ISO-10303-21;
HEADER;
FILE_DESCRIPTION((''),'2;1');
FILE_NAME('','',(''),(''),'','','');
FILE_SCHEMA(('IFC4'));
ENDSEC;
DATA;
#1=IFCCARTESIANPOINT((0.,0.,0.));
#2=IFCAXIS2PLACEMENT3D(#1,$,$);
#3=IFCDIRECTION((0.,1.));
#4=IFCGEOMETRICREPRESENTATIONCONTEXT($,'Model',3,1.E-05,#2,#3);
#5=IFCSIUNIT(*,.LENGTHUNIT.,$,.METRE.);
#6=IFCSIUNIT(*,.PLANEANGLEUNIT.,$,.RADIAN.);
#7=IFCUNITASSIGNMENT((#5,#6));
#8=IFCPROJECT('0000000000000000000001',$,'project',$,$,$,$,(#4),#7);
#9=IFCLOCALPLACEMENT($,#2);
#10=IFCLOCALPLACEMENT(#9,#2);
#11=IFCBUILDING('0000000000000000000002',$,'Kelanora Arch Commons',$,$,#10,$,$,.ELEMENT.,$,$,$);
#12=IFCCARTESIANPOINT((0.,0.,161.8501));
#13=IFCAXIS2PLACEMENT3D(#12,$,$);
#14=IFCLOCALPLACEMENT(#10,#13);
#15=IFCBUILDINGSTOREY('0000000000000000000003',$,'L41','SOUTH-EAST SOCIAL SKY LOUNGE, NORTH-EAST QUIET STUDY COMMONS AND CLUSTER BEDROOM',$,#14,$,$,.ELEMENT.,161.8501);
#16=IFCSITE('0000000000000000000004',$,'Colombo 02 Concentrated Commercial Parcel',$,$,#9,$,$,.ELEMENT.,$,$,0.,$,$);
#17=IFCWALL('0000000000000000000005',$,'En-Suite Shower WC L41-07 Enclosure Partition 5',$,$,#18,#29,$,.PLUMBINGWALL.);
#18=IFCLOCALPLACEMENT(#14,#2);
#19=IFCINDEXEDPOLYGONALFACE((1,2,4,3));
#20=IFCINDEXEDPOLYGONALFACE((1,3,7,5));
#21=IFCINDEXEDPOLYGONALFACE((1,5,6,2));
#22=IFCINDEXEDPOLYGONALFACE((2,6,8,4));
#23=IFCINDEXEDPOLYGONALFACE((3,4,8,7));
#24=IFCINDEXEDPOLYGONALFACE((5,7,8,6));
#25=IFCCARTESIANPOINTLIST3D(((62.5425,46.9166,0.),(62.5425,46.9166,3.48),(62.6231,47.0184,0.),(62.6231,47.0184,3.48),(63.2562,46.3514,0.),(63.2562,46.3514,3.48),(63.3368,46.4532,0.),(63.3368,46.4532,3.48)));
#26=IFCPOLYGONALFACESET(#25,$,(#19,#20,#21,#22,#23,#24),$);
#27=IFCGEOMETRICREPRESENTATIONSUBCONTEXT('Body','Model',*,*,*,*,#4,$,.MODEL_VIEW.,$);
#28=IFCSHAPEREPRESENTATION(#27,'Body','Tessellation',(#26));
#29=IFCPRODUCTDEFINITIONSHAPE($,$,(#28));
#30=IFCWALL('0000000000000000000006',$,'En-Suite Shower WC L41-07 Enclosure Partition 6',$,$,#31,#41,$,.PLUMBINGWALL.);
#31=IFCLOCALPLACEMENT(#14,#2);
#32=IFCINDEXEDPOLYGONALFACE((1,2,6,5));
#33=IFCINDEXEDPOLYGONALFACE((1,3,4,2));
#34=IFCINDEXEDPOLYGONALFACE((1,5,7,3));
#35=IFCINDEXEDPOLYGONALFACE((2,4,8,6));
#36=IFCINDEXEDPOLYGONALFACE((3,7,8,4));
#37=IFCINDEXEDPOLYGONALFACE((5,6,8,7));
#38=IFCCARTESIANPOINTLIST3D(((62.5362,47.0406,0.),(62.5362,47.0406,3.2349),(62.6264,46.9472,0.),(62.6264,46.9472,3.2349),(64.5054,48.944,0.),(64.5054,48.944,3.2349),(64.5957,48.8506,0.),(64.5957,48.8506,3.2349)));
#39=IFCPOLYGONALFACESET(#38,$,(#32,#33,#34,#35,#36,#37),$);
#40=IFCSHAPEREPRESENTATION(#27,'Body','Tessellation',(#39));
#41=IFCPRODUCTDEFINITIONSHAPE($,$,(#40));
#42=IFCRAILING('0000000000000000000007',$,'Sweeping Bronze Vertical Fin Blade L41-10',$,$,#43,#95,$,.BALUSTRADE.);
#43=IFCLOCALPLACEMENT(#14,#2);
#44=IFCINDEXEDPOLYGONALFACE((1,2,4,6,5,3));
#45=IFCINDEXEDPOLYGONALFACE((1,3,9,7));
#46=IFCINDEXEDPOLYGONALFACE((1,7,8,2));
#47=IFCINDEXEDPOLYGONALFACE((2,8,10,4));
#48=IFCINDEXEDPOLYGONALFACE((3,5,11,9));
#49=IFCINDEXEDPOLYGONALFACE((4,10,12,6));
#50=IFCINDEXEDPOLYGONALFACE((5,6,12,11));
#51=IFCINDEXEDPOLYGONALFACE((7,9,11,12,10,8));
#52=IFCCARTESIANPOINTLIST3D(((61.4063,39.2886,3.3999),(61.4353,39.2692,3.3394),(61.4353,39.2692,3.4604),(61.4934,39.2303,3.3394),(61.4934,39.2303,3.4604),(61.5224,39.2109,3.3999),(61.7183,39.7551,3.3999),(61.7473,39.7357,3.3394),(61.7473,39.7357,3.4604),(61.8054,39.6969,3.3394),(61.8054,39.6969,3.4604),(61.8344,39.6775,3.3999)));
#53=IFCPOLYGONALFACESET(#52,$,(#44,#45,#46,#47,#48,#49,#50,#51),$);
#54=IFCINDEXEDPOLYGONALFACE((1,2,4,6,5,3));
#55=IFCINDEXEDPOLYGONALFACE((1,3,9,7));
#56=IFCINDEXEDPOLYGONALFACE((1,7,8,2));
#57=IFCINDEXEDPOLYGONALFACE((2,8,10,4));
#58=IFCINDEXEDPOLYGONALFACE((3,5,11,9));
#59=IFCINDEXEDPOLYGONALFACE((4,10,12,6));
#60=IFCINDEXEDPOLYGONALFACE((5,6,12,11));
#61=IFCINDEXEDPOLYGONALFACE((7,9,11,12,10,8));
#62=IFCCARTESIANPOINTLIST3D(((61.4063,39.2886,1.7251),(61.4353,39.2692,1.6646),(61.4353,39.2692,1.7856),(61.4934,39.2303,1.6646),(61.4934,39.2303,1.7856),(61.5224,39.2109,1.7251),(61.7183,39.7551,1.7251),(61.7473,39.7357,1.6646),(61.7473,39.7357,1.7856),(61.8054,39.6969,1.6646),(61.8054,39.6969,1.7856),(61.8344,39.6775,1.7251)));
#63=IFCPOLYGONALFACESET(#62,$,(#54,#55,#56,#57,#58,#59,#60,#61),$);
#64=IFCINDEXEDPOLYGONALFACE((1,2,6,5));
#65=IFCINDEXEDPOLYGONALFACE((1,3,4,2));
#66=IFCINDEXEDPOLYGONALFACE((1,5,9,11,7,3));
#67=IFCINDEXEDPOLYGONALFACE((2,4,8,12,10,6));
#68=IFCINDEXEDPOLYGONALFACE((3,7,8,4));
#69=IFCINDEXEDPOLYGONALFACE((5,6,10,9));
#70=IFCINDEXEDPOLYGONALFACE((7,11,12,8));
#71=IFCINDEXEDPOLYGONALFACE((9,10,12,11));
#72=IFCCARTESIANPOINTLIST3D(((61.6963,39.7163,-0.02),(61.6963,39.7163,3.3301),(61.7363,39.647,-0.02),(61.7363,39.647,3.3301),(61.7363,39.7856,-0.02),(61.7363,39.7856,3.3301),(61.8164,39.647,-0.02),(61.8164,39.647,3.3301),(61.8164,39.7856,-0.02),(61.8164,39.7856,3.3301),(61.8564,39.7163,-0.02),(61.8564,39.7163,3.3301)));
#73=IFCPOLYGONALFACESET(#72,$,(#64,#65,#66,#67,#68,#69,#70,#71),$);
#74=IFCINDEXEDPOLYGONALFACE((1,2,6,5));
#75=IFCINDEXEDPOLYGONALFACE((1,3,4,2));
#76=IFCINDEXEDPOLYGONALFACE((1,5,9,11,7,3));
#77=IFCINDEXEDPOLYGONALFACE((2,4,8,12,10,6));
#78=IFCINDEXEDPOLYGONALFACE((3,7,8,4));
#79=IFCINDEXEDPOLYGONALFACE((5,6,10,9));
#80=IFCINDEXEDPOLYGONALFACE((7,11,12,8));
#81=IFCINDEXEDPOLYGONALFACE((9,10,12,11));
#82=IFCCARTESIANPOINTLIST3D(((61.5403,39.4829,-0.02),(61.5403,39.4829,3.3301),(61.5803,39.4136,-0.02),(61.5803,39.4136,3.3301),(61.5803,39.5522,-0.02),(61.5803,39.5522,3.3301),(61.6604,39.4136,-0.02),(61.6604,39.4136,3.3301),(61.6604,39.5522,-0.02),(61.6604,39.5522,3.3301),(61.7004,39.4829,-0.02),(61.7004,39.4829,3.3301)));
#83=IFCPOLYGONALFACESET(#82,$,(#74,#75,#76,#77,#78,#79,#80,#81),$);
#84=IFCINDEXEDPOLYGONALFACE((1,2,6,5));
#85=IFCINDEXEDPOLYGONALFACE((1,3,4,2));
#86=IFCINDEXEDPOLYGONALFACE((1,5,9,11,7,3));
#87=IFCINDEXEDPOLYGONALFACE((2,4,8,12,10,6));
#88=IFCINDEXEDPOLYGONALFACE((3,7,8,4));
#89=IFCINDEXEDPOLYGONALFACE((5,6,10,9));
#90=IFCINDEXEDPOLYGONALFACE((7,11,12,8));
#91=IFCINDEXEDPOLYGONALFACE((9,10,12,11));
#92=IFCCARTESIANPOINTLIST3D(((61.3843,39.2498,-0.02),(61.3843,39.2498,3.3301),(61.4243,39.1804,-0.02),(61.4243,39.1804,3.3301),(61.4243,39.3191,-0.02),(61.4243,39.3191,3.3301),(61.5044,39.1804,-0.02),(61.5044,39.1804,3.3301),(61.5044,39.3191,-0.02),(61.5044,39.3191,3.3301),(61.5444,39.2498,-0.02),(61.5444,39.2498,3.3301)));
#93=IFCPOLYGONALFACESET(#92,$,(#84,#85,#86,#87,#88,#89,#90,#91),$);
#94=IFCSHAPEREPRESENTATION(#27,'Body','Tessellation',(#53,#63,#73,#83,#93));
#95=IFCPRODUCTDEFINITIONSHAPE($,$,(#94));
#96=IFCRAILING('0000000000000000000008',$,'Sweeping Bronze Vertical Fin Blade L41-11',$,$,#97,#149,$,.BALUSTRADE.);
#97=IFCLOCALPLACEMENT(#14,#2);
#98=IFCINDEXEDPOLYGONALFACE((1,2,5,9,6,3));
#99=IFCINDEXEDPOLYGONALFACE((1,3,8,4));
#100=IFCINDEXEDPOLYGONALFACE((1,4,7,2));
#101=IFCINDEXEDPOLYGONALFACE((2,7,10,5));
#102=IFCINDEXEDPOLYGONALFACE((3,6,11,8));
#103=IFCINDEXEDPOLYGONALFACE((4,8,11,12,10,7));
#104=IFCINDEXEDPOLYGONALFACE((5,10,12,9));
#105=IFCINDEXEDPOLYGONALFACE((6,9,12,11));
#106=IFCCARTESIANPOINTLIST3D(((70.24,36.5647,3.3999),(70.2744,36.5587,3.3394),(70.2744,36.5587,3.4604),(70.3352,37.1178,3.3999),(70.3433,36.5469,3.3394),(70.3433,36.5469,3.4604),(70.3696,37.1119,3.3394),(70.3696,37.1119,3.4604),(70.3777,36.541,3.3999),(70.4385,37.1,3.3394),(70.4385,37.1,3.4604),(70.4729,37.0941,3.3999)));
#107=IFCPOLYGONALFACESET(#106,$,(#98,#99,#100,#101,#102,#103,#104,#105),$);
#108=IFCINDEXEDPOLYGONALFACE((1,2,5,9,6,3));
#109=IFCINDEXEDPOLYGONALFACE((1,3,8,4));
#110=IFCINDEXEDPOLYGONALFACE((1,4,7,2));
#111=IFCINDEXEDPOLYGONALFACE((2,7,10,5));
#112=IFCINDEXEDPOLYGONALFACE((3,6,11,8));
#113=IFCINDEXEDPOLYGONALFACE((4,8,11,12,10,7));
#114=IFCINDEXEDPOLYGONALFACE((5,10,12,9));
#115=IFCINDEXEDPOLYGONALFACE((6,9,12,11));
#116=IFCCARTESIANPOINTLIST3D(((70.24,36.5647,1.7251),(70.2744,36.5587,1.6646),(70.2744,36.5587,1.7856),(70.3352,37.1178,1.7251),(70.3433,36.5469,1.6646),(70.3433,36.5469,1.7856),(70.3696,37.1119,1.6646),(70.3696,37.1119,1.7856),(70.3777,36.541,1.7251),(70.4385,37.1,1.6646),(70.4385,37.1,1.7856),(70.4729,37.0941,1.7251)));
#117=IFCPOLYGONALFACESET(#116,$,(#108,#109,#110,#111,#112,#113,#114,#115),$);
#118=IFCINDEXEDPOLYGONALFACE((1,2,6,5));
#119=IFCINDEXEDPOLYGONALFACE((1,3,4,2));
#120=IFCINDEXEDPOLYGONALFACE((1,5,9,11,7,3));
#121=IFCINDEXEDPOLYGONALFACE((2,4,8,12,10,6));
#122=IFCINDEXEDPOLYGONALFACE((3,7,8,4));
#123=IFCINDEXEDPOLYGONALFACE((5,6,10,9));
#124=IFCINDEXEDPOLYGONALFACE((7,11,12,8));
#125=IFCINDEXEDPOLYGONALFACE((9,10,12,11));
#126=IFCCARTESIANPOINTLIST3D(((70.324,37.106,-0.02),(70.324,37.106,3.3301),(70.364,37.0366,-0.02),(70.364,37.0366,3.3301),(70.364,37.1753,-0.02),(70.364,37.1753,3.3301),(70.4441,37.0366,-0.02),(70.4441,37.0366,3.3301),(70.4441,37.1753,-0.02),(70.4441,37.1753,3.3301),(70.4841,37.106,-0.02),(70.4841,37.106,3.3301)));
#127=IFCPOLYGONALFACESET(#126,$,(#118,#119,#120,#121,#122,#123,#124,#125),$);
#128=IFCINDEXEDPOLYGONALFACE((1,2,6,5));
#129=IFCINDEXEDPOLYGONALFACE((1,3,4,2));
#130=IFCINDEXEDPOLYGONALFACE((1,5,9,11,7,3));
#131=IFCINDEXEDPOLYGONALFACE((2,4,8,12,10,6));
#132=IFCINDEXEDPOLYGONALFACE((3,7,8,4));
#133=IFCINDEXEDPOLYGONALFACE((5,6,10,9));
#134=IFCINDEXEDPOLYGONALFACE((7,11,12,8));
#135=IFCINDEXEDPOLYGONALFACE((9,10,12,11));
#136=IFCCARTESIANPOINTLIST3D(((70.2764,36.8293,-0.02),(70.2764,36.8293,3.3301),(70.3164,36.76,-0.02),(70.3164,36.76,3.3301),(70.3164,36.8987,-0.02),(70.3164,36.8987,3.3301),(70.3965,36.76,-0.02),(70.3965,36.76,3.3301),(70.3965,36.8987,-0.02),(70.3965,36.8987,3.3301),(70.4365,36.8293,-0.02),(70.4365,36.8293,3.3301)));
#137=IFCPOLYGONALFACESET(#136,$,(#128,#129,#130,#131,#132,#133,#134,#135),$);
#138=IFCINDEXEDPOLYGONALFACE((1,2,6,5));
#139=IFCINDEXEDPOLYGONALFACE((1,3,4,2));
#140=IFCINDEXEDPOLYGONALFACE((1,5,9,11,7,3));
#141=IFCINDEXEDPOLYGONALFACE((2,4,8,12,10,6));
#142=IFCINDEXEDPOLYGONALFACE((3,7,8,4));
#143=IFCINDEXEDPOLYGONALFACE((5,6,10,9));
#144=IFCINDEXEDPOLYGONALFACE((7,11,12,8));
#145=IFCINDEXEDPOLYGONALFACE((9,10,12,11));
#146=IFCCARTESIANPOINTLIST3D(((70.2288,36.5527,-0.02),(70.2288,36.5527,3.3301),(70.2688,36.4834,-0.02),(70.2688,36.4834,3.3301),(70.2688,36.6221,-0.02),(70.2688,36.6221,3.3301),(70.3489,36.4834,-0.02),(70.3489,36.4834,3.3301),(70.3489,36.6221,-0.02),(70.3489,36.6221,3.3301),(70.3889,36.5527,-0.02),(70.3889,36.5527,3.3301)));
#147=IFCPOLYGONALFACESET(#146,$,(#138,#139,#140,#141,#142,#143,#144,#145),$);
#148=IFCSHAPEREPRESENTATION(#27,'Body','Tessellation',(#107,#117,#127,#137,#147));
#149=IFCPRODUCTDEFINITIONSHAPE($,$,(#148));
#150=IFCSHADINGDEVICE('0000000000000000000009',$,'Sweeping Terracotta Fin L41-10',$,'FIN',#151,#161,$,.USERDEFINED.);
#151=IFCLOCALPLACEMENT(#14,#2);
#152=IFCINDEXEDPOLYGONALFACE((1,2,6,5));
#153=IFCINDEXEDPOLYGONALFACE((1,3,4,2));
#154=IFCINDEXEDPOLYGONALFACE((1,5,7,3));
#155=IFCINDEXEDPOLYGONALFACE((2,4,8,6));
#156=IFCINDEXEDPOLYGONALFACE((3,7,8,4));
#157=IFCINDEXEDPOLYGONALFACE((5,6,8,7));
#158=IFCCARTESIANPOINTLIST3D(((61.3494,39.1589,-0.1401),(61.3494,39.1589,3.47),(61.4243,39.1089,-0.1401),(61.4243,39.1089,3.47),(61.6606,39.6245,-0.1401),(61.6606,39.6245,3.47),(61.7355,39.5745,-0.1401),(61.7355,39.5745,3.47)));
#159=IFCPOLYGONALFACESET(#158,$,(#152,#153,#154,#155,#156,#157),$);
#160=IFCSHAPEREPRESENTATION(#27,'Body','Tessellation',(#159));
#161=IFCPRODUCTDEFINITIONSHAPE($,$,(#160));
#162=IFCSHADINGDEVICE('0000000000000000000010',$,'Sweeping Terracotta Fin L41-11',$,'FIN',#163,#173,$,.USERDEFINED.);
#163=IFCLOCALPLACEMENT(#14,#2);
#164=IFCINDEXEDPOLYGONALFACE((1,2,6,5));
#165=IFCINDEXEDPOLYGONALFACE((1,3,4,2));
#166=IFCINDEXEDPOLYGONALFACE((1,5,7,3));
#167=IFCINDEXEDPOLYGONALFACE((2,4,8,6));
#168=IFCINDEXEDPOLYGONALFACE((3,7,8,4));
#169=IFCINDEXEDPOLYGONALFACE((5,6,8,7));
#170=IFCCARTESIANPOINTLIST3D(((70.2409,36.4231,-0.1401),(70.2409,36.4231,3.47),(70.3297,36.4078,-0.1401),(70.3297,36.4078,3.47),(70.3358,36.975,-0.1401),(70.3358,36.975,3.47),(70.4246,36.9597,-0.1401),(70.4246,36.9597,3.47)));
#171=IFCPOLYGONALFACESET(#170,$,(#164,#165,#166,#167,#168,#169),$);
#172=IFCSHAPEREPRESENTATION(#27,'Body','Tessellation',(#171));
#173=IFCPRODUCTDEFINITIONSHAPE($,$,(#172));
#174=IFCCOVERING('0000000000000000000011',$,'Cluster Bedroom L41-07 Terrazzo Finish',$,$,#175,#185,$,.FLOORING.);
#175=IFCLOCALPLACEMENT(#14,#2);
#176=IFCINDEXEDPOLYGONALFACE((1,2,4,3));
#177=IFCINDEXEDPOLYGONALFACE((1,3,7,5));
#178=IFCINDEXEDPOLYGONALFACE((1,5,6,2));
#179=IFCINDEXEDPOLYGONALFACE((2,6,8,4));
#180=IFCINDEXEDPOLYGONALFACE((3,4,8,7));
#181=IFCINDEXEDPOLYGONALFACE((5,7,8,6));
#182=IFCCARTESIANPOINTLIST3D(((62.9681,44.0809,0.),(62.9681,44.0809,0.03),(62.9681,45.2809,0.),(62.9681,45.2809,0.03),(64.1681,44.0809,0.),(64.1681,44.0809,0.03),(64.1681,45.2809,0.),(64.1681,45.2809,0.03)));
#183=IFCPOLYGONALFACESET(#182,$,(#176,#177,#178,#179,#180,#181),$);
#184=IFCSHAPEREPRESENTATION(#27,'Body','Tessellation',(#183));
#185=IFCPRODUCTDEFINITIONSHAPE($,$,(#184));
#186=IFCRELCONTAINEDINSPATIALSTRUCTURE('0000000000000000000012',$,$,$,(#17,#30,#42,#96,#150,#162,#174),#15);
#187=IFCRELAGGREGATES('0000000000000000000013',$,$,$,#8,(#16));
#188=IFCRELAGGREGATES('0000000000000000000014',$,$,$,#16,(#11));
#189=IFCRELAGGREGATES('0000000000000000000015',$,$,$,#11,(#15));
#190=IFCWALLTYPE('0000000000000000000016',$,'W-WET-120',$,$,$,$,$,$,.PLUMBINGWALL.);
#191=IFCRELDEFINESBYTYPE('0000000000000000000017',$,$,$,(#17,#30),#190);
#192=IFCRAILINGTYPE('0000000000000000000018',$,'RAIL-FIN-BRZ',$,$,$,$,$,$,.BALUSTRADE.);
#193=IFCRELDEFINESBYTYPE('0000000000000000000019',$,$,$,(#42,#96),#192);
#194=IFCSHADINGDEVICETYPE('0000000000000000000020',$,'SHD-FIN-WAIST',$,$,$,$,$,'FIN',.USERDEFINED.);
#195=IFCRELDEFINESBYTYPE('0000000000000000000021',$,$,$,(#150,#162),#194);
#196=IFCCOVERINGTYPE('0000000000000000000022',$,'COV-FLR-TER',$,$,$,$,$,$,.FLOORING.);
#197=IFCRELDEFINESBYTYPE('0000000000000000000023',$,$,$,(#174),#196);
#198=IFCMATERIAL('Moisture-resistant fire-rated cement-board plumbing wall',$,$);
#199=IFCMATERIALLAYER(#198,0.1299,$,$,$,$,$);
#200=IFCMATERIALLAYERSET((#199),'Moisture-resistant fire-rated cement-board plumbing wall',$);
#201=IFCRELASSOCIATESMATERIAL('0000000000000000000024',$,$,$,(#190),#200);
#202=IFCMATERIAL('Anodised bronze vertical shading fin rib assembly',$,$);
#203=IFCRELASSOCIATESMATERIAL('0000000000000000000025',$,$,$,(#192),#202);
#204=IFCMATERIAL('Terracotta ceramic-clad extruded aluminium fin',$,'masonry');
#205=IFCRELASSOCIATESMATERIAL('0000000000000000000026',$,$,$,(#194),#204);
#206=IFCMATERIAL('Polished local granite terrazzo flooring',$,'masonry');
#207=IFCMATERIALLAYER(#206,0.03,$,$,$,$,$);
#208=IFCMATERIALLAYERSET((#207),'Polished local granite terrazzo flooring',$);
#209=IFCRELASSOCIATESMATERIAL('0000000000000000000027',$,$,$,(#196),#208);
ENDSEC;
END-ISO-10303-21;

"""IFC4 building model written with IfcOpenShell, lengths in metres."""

from ifc_helpers import new_model, si_unit, direction, frame, frame_2d, origin, origin_2d, place, context, subcontext, project, spatial, polyline, rectangle, outline, extrude, source, transform, mapped, material, layer, layer_set, type_object, element, save


model = new_model("IFC4")

# Units and contexts
model_context = context("Model", 3, precision=1e-05, world=origin(), true_north=direction((0.0, 1.0)))
body_context = subcontext(model_context, "Body", "Model", "MODEL_VIEW")
ifc_project = project(units=[si_unit("LENGTHUNIT", "METRE"), si_unit("PLANEANGLEUNIT", "RADIAN")], contexts=[model_context])

# Site, building, storey
site_placement = place(None, origin())
site = spatial("IfcSite", under=ifc_project, at=site_placement, Name="Colombo 02 Concentrated Commercial Parcel", CompositionType="ELEMENT", RefElevation=0.0)
building_placement = place(site_placement, origin())
building = spatial("IfcBuilding", under=site, at=building_placement, Name="Kelanora Arch Commons", CompositionType="ELEMENT")
storey_placement = place(building_placement, frame((0.0, 0.0, 161.8501)))
storey = spatial("IfcBuildingStorey", under=building, at=storey_placement, Name="L41", Description="SOUTH-EAST SOCIAL SKY LOUNGE, NORTH-EAST QUIET STUDY COMMONS AND CLUSTER BEDROOM", CompositionType="ELEMENT", Elevation=161.8501)

# Shared definitions
ifc_material_1 = material(Name="Moisture-resistant fire-rated cement-board plumbing wall")
ifc_layer_1 = layer(ifc_material_1, 0.1299)
ifc_layer_set_1 = layer_set([ifc_layer_1], Name="Moisture-resistant fire-rated cement-board plumbing wall")
wall_type_1 = type_object("IfcWallType", Name="W-WET-120", PredefinedType="PLUMBINGWALL", material=ifc_layer_set_1)

# Walls
wall_1_placement = place(storey_placement, frame((63.2964, 46.4023, 0.0), z_axis=(0.0, 0.0, 1.0), x_axis=(-0.783921, 0.620861, 0.0)))
element("IfcWall", 1, at=wall_1_placement, inside=storey, type_object=wall_type_1, Name="En-Suite Shower WC L41-07 Enclosure Partition 5", PredefinedType="PLUMBINGWALL", context=body_context, shape_type="SweptSolid", body=[
    extrude(rectangle(XDim=0.9104, YDim=0.1299, at=frame_2d((0.4551, 0.0))), origin(), (0.0, 0.0, 1.0), 3.48),
])
wall_2_placement = place(storey_placement, frame((62.5813, 46.9939, 0.0), z_axis=(0.0, 0.0, 1.0), x_axis=(0.719039, 0.69497, 0.0)))
element("IfcWall", 2, at=wall_2_placement, inside=storey, type_object=wall_type_1, Name="En-Suite Shower WC L41-07 Enclosure Partition 6", PredefinedType="PLUMBINGWALL", context=body_context, shape_type="SweptSolid", body=[
    extrude(rectangle(XDim=2.7388, YDim=0.1299, at=frame_2d((1.3694, 0.0))), origin(), (0.0, 0.0, 1.0), 3.2349),
])

# Railings
ifc_material_2 = material(Name="Anodised bronze vertical shading fin rib assembly")
railing_type = type_object("IfcRailingType", Name="RAIL-FIN-BRZ", PredefinedType="BALUSTRADE", material=ifc_material_2)
railing_1_placement = place(storey_placement, frame((61.7764, 39.7163, -0.02)))
element("IfcRailing", 3, at=railing_1_placement, inside=storey, type_object=railing_type, Name="Sweeping Bronze Vertical Fin Blade L41-10", PredefinedType="BALUSTRADE", context=body_context, shape_type="SweptSolid", body=[
    extrude(outline(polyline([(0.0698, 0.0), (0.0349, 0.0605), (-0.0349, 0.0605), (-0.0698, 0.0), (-0.0349, -0.0605), (0.0349, -0.0605), (0.0698, 0.0)])), frame((0.0, 0.0, 3.4199), z_axis=(-0.555904, -0.831246, 0.0), x_axis=(0.831246, -0.555904, 0.0)), (0.0, 0.0, 1.0), 0.5613),
    extrude(outline(polyline([(0.0698, 0.0), (0.0349, 0.0605), (-0.0349, 0.0605), (-0.0698, 0.0), (-0.0349, -0.0605), (0.0349, -0.0605), (0.0698, 0.0)])), frame((0.0, 0.0, 1.7451), z_axis=(-0.555904, -0.831246, 0.0), x_axis=(0.831246, -0.555904, 0.0)), (0.0, 0.0, 1.0), 0.5613),
    extrude(outline(polyline([(0.0801, 0.0), (0.04, 0.0693), (-0.04, 0.0693), (-0.0801, 0.0), (-0.04, -0.0693), (0.04, -0.0693), (0.0801, 0.0)])), origin(), (0.0, 0.0, 1.0), 3.3501),
    extrude(outline(polyline([(0.0801, 0.0), (0.04, 0.0693), (-0.04, 0.0693), (-0.0801, 0.0), (-0.04, -0.0693), (0.04, -0.0693), (0.0801, 0.0)])), frame((-0.156, -0.2334, 0.0)), (0.0, 0.0, 1.0), 3.3501),
    extrude(outline(polyline([(0.0801, 0.0), (0.04, 0.0693), (-0.04, 0.0693), (-0.0801, 0.0), (-0.04, -0.0693), (0.04, -0.0693), (0.0801, 0.0)])), frame((-0.312, -0.4666, 0.0)), (0.0, 0.0, 1.0), 3.3501),
])
railing_2_placement = place(storey_placement, frame((70.4041, 37.106, -0.02)))
element("IfcRailing", 4, at=railing_2_placement, inside=storey, type_object=railing_type, Name="Sweeping Bronze Vertical Fin Blade L41-11", PredefinedType="BALUSTRADE", context=body_context, shape_type="SweptSolid", body=[
    extrude(outline(polyline([(0.0698, 0.0), (0.0349, 0.0605), (-0.0349, 0.0605), (-0.0698, 0.0), (-0.0349, -0.0605), (0.0349, -0.0605), (0.0698, 0.0)])), frame((0.0, 0.0, 3.4199), z_axis=(-0.169616, -0.98551, 0.0), x_axis=(0.98551, -0.169616, 0.0)), (0.0, 0.0, 1.0), 0.5613),
    extrude(outline(polyline([(0.0698, 0.0), (0.0349, 0.0605), (-0.0349, 0.0605), (-0.0698, 0.0), (-0.0349, -0.0605), (0.0349, -0.0605), (0.0698, 0.0)])), frame((0.0, 0.0, 1.7451), z_axis=(-0.169616, -0.98551, 0.0), x_axis=(0.98551, -0.169616, 0.0)), (0.0, 0.0, 1.0), 0.5613),
    extrude(outline(polyline([(0.0801, 0.0), (0.04, 0.0693), (-0.04, 0.0693), (-0.0801, 0.0), (-0.04, -0.0693), (0.04, -0.0693), (0.0801, 0.0)])), origin(), (0.0, 0.0, 1.0), 3.3501),
    extrude(outline(polyline([(0.0801, 0.0), (0.04, 0.0693), (-0.04, 0.0693), (-0.0801, 0.0), (-0.04, -0.0693), (0.04, -0.0693), (0.0801, 0.0)])), frame((-0.0476, -0.2766, 0.0)), (0.0, 0.0, 1.0), 3.3501),
    extrude(outline(polyline([(0.0801, 0.0), (0.04, 0.0693), (-0.04, 0.0693), (-0.0801, 0.0), (-0.04, -0.0693), (0.04, -0.0693), (0.0801, 0.0)])), frame((-0.0952, -0.5532, 0.0)), (0.0, 0.0, 1.0), 3.3501),
])

# Shading devices
ifc_material_3 = material(Name="Terracotta ceramic-clad extruded aluminium fin", Category="masonry")
shading_device_type = type_object("IfcShadingDeviceType", Name="SHD-FIN-WAIST", ElementType="FIN", PredefinedType="USERDEFINED", material=ifc_material_3)
shared_shape_1 = source(origin(), body_context, "Body", "SweptSolid", [
    extrude(rectangle(XDim=0.5601, YDim=0.0901, at=origin_2d()), origin(), (0.0, 0.0, 1.0), 3.6101),
])
for number, where, z_axis, x_axis, name in (
    (5, (61.5425, 39.3667, -0.1401), (0.0, 0.0, 1.0), (-0.555715, -0.831373, 0.0), "Sweeping Terracotta Fin L41-10"),
    (6, (70.3328, 36.6914, -0.1401), (0.0, 0.0, 1.0), (-0.169522, -0.985526, 0.0), "Sweeping Terracotta Fin L41-11"),
):
    element("IfcShadingDevice", number, at=place(storey_placement, frame(where, z_axis=z_axis, x_axis=x_axis)), inside=storey, type_object=shading_device_type, Name=name, ObjectType="FIN", PredefinedType="USERDEFINED", context=body_context, shape_type="MappedRepresentation", body=[
        mapped(shared_shape_1, transform((0.0, 0.0, 0.0), scale=1.0)),
    ])

# Covering
ifc_material_4 = material(Name="Polished local granite terrazzo flooring", Category="masonry")
ifc_layer_2 = layer(ifc_material_4, 0.03)
ifc_layer_set_2 = layer_set([ifc_layer_2], Name="Polished local granite terrazzo flooring")
covering_type = type_object("IfcCoveringType", Name="COV-FLR-TER", PredefinedType="FLOORING", material=ifc_layer_set_2)
shared_shape_2 = source(origin(), body_context, "Body", "SweptSolid", [
    extrude(rectangle(XDim=1.2, YDim=1.2, at=origin_2d()), origin(), (0.0, 0.0, 1.0), 0.03),
])
covering_placement = place(storey_placement, frame((63.5681, 44.6809, 0.0), z_axis=(0.0, 0.0, 1.0), x_axis=(1.0, 0.0, 0.0)))
element("IfcCovering", 7, at=covering_placement, inside=storey, type_object=covering_type, Name="Cluster Bedroom L41-07 Terrazzo Finish", PredefinedType="FLOORING", context=body_context, shape_type="MappedRepresentation", body=[
    mapped(shared_shape_2, transform((0.0, 0.0, 0.0), scale=1.0)),
])

save(model, "model.ifc")
